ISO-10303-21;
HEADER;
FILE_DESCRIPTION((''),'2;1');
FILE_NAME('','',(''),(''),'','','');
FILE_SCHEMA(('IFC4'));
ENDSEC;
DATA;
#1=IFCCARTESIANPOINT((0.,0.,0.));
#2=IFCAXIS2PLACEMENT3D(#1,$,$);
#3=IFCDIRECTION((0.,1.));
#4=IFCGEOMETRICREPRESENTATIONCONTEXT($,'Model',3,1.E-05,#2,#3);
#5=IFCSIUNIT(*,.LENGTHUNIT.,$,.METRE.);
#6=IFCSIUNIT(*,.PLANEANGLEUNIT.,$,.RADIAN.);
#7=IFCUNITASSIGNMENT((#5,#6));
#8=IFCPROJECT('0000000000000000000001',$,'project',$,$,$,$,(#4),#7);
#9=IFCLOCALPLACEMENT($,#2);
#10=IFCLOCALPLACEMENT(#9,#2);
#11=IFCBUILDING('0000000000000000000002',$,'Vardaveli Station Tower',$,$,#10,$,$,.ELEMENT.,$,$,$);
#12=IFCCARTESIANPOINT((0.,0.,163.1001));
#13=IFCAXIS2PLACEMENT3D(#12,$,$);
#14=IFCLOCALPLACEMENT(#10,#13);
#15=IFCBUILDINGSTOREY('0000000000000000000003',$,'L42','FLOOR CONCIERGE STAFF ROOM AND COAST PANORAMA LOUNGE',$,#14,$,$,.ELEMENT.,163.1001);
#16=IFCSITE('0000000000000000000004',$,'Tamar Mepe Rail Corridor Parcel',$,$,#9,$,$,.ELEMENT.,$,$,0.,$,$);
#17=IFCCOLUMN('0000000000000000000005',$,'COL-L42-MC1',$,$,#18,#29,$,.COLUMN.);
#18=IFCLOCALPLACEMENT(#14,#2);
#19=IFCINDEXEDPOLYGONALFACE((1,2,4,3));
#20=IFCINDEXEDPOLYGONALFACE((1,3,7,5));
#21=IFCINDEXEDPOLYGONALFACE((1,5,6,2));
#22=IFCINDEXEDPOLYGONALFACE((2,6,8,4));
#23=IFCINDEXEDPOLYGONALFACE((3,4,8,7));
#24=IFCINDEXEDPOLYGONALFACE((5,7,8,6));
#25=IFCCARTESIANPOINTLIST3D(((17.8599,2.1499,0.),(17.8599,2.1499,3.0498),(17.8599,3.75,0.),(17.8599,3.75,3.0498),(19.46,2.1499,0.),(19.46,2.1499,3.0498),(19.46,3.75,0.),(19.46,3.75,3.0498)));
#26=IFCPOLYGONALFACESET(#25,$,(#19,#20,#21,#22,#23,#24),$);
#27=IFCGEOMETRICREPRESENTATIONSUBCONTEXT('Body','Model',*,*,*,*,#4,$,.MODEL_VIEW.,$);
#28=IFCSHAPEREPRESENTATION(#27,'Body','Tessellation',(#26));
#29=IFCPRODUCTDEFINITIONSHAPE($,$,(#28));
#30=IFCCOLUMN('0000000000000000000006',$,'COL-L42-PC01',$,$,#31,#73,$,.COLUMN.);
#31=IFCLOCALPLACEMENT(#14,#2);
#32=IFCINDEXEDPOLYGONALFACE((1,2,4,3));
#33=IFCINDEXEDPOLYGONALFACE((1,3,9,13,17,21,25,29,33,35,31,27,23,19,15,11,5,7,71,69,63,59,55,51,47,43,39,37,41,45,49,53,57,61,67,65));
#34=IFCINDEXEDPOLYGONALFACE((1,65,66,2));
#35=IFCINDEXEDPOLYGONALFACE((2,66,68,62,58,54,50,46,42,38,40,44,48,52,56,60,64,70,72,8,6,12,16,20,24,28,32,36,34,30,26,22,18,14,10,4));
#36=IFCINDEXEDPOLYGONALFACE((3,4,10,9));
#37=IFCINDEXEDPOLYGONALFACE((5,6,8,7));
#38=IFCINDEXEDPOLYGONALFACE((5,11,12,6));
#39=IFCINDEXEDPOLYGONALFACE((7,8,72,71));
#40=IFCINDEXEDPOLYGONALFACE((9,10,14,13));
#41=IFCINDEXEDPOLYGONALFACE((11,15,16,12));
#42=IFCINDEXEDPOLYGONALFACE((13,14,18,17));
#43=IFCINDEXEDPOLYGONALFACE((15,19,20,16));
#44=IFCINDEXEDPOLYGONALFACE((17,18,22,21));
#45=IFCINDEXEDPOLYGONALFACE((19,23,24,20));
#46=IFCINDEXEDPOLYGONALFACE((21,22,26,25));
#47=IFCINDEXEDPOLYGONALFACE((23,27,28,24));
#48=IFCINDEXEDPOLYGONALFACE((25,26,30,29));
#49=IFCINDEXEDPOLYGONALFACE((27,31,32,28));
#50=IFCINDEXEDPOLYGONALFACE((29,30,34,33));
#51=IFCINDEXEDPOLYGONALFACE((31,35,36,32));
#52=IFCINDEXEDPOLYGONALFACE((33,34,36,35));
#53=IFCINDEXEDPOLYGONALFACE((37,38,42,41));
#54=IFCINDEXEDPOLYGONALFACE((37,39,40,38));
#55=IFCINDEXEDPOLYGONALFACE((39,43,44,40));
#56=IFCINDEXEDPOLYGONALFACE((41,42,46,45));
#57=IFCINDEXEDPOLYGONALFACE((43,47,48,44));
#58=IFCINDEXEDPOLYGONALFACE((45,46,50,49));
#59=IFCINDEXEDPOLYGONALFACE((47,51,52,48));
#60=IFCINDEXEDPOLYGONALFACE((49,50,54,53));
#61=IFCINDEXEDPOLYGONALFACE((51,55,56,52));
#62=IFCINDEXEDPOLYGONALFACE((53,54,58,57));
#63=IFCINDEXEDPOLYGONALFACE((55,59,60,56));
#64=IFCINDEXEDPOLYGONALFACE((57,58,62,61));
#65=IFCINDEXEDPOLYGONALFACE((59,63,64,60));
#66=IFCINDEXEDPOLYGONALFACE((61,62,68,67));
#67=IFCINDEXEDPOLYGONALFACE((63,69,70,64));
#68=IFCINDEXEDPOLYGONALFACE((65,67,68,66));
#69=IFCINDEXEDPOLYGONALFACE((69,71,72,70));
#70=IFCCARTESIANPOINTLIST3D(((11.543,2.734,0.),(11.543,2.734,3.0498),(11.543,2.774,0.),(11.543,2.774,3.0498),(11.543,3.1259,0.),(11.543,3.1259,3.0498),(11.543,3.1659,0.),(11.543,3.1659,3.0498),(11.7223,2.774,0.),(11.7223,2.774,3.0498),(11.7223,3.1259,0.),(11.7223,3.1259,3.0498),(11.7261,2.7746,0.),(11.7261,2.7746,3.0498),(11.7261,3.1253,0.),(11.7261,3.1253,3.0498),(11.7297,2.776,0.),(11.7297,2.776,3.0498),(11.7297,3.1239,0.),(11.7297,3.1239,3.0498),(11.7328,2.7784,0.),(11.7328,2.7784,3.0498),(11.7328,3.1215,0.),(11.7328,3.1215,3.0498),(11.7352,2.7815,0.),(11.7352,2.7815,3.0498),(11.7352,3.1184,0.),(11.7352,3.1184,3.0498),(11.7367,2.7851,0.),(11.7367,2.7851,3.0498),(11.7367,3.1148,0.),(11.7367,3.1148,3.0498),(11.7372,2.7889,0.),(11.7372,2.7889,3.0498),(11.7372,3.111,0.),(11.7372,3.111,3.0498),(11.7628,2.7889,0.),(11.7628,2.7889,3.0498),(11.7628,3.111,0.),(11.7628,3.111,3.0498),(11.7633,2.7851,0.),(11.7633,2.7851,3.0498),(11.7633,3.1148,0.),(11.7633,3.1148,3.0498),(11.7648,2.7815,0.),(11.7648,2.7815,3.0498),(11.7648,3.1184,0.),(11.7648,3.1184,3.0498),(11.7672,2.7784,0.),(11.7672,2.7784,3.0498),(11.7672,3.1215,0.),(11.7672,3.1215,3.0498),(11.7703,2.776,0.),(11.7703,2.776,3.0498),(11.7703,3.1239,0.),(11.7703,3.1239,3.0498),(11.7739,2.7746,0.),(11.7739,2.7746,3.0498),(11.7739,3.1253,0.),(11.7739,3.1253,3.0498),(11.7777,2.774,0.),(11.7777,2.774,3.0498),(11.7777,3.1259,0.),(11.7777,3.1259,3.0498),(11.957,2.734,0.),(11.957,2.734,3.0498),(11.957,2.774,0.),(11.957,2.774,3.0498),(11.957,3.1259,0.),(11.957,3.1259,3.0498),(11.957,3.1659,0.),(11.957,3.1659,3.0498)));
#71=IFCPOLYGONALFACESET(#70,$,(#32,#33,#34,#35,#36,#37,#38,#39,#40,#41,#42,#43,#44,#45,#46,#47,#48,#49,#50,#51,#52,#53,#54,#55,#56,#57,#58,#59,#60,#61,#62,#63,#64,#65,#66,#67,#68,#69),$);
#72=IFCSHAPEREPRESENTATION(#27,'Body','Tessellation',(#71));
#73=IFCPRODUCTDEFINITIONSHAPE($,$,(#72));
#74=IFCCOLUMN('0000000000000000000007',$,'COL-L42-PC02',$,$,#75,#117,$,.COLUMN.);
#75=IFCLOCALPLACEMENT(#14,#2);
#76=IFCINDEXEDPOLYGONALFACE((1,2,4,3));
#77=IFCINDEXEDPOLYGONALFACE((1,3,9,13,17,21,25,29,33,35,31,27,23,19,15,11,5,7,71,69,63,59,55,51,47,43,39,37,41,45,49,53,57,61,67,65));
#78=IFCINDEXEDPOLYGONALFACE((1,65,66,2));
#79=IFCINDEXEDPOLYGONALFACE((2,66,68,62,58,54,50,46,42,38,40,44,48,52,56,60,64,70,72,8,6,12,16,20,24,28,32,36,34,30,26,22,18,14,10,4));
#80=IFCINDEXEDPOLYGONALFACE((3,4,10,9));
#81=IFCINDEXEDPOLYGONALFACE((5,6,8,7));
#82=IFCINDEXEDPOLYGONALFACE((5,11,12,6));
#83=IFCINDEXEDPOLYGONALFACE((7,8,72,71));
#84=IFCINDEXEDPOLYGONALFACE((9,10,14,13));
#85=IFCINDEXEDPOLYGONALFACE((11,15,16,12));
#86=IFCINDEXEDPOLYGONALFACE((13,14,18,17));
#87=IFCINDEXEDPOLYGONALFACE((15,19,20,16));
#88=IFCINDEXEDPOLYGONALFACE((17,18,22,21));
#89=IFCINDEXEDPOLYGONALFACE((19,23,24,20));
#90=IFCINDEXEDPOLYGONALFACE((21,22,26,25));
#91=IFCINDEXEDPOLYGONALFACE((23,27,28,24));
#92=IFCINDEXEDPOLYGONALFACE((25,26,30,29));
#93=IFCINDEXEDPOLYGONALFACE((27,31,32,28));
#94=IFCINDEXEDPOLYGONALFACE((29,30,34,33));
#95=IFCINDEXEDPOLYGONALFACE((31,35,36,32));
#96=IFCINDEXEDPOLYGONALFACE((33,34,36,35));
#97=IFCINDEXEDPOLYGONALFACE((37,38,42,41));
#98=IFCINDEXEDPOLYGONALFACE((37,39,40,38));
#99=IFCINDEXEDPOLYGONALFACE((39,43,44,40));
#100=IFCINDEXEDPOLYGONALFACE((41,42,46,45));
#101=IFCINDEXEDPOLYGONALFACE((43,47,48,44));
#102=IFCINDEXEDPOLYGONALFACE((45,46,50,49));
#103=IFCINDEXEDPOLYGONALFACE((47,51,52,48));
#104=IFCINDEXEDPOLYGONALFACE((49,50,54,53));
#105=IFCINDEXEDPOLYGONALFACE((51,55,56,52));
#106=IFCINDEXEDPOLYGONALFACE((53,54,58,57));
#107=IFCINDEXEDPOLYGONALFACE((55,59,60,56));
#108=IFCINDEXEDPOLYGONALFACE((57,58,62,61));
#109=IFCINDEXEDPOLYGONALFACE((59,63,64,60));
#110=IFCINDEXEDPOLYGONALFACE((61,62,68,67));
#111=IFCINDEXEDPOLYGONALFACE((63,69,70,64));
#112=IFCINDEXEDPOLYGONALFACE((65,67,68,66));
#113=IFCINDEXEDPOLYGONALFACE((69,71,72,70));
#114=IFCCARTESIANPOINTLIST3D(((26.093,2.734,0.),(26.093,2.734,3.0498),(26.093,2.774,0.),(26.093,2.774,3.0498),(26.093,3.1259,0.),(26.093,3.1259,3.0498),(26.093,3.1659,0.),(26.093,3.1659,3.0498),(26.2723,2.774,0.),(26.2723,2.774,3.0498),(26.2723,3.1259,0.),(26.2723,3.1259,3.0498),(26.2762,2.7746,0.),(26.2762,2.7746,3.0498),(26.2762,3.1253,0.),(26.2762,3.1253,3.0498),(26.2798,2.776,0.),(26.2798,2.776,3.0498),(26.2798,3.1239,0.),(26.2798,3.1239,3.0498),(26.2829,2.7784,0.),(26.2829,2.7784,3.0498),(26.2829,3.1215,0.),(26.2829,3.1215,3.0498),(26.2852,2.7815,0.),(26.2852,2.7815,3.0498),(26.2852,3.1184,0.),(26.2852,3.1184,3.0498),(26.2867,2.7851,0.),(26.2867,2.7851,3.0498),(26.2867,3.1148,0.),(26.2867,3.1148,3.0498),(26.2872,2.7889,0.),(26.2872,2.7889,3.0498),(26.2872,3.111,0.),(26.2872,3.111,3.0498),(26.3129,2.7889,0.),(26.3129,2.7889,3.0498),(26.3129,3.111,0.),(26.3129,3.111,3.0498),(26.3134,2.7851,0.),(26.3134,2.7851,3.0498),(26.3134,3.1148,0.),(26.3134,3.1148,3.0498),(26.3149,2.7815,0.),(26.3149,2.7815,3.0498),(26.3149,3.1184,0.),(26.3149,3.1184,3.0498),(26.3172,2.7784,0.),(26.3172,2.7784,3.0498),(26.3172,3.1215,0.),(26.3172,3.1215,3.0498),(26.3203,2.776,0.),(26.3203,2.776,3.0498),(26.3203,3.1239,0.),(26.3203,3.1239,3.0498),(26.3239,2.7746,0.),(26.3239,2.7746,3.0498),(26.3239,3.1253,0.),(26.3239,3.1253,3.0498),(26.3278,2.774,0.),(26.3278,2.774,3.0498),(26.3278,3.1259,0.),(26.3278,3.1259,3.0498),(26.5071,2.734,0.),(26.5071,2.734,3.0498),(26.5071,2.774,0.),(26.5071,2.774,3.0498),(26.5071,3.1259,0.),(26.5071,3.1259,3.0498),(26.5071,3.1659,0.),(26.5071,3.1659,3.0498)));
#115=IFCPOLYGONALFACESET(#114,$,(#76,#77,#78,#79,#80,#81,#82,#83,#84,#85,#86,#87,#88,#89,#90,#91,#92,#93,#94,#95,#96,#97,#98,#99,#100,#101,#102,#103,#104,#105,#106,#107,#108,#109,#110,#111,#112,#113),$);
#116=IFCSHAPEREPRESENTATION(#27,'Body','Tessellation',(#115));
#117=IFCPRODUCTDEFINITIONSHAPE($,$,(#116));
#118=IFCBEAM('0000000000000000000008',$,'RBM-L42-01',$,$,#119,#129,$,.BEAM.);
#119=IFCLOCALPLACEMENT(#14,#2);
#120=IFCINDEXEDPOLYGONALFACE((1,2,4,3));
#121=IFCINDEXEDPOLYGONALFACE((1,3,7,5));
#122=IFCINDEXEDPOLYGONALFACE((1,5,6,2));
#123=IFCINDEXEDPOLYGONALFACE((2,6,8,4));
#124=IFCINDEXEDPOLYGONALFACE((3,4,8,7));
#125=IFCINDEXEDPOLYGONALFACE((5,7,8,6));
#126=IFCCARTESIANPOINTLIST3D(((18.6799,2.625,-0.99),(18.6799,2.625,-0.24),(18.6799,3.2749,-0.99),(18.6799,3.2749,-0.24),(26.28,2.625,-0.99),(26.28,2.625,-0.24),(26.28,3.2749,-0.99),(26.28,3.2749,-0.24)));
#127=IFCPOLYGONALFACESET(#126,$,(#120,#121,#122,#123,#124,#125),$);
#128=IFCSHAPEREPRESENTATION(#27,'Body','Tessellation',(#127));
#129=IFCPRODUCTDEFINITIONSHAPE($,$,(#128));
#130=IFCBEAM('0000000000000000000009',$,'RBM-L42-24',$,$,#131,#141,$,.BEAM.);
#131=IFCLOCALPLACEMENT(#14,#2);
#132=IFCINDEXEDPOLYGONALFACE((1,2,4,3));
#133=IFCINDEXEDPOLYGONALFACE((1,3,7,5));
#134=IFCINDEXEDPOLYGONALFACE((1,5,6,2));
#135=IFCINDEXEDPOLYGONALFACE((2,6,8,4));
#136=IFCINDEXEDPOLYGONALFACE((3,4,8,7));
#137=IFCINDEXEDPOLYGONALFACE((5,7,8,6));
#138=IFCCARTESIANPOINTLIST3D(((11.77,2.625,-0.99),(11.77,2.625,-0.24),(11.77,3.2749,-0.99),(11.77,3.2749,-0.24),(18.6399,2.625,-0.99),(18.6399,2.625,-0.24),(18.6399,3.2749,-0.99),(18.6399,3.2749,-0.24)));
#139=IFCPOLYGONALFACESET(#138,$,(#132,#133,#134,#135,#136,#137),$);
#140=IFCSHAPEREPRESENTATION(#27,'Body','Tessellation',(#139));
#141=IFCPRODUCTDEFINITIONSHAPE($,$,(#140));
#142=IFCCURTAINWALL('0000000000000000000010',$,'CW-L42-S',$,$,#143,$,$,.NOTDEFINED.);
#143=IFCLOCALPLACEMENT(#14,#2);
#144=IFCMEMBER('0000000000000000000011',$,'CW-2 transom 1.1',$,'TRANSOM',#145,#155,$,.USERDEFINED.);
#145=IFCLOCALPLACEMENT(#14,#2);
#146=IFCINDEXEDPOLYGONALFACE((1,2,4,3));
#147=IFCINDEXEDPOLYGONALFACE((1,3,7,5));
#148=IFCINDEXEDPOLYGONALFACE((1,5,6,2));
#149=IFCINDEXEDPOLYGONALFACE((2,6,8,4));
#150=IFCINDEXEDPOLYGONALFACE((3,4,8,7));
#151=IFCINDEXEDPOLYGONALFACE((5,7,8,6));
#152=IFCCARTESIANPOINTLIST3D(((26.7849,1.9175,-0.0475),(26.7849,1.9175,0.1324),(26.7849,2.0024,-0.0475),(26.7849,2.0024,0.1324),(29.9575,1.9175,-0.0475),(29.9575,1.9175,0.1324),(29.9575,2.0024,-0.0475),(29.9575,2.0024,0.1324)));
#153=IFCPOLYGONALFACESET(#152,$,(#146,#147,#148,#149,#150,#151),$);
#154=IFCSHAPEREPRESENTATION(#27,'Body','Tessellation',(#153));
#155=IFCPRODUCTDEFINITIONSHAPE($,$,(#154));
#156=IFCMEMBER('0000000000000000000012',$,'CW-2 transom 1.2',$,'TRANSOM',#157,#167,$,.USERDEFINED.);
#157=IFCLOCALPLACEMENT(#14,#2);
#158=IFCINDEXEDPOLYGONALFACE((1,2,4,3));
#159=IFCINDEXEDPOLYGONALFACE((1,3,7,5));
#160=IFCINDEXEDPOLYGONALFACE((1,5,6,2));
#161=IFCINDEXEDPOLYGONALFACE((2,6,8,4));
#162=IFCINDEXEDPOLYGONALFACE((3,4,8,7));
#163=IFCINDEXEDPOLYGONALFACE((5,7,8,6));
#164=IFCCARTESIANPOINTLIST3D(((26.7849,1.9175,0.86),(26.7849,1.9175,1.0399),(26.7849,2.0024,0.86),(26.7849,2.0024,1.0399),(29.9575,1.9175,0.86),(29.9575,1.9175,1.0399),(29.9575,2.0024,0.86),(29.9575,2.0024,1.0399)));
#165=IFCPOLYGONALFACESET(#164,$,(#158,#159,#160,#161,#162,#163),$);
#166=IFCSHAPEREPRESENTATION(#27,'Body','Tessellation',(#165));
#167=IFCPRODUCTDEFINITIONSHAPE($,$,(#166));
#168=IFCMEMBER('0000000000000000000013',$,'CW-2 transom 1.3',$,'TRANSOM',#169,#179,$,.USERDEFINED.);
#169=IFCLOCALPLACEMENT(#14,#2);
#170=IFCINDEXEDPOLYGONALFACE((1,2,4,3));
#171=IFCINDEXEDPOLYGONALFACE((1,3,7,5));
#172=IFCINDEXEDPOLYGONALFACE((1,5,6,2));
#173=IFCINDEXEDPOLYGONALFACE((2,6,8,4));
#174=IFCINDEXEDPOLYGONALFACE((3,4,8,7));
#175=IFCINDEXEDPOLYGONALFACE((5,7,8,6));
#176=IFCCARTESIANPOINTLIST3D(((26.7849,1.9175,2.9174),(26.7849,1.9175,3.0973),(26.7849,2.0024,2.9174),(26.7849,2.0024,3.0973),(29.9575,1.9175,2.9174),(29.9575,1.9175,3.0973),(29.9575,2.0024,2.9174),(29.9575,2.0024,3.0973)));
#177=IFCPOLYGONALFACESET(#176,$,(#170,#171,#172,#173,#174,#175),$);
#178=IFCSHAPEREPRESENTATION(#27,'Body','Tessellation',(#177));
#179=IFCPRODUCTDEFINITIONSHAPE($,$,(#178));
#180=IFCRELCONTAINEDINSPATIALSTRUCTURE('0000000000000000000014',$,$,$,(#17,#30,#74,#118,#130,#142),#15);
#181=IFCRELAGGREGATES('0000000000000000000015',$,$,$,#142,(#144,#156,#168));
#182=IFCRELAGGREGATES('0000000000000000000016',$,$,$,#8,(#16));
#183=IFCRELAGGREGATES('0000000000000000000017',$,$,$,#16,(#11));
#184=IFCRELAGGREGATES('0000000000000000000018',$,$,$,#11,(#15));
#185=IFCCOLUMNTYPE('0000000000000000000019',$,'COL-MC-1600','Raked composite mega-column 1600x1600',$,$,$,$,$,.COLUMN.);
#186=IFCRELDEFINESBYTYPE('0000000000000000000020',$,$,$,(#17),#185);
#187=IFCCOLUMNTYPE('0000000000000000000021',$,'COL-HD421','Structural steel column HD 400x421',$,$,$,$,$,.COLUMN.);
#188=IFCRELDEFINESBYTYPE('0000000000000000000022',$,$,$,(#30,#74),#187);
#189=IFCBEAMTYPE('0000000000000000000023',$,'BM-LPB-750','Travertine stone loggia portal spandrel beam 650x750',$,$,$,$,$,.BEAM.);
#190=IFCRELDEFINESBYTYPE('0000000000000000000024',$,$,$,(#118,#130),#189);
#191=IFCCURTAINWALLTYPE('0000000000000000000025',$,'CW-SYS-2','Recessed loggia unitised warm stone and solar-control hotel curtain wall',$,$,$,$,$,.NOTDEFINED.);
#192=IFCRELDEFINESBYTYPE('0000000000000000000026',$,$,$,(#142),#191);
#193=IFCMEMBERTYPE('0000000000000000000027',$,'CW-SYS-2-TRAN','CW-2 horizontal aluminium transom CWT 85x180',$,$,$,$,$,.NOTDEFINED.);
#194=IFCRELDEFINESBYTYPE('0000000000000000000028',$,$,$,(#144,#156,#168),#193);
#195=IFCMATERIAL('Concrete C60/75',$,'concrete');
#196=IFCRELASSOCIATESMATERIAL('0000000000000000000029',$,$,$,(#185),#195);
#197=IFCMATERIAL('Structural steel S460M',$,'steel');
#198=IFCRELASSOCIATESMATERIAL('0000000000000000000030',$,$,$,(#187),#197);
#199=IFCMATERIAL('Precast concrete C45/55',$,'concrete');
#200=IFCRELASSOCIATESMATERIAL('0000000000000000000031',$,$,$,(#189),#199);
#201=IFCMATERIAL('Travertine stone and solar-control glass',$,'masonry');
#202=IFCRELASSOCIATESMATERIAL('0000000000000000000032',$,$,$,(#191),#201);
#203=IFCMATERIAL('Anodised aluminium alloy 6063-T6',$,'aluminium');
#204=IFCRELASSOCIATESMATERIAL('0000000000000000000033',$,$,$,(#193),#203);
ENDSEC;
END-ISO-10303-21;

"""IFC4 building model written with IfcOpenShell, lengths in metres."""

from ifc_helpers import new_model, si_unit, direction, frame, origin, origin_2d, place, context, subcontext, project, spatial, rectangle, i_section, extrude, source, transform, mapped, material, material_profile, profile_set, type_object, element, aggregate, save


model = new_model("IFC4")

# Units and contexts
model_context = context("Model", 3, precision=1e-05, world=origin(), true_north=direction((0.0, 1.0)))
body_context = subcontext(model_context, "Body", "Model", "MODEL_VIEW")
ifc_project = project(units=[si_unit("LENGTHUNIT", "METRE"), si_unit("PLANEANGLEUNIT", "RADIAN")], contexts=[model_context])

# Site, building, storey
site_placement = place(None, origin())
site = spatial("IfcSite", under=ifc_project, at=site_placement, Name="Tamar Mepe Rail Corridor Parcel", CompositionType="ELEMENT", RefElevation=0.0)
building_placement = place(site_placement, origin())
building = spatial("IfcBuilding", under=site, at=building_placement, Name="Vardaveli Station Tower", CompositionType="ELEMENT")
storey_placement = place(building_placement, frame((0.0, 0.0, 163.1001)))
storey = spatial("IfcBuildingStorey", under=building, at=storey_placement, Name="L42", Description="FLOOR CONCIERGE STAFF ROOM AND COAST PANORAMA LOUNGE", CompositionType="ELEMENT", Elevation=163.1001)

# Columns
ifc_material_1 = material(Name="Concrete C60/75", Category="concrete")
ifc_material_profile_1 = material_profile(ifc_material_1, rectangle(XDim=1.6001, YDim=1.6001, at=origin_2d()), Name="MC 1600x1600")
ifc_profile_set_1 = profile_set([ifc_material_profile_1], Name="Concrete C60/75")
column_type_1 = type_object("IfcColumnType", Name="COL-MC-1600", Description="Raked composite mega-column 1600x1600", PredefinedType="COLUMN", material=ifc_profile_set_1)
shared_shape_1 = source(origin(), body_context, "Body", "SweptSolid", [
    extrude(rectangle(XDim=1.6001, YDim=1.6001, at=origin_2d()), origin(), (0.0, 0.0, 1.0), 3.0498),
])
column_placement = place(storey_placement, frame((18.6599, 2.95, 0.0), z_axis=(0.0, 0.0, 1.0), x_axis=(1.0, 0.0, 0.0)))
element("IfcColumn", 1, at=column_placement, inside=storey, type_object=column_type_1, Name="COL-L42-MC1", PredefinedType="COLUMN", context=body_context, shape_type="MappedRepresentation", body=[
    mapped(shared_shape_1, transform((0.0, 0.0, 0.0), scale=1.0)),
])
ifc_material_2 = material(Name="Structural steel S460M", Category="steel")
ifc_material_profile_2 = material_profile(ifc_material_2, i_section(OverallWidth=0.4141, OverallDepth=0.4319, WebThickness=0.0256, FlangeThickness=0.04, FilletRadius=0.0149, at=origin_2d()), Name="HD 400x421")
ifc_profile_set_2 = profile_set([ifc_material_profile_2], Name="Structural steel S460M")
column_type_2 = type_object("IfcColumnType", Name="COL-HD421", Description="Structural steel column HD 400x421", PredefinedType="COLUMN", material=ifc_profile_set_2)
shared_shape_2 = source(origin(), body_context, "Body", "SweptSolid", [
    extrude(i_section(OverallWidth=0.4141, OverallDepth=0.4319, WebThickness=0.0256, FlangeThickness=0.04, FilletRadius=0.0149, at=origin_2d()), origin(), (0.0, 0.0, 1.0), 3.0498),
])
for number, where, z_axis, x_axis, name in (
    (2, (11.75, 2.95, 0.0), (0.0, 0.0, 1.0), (1.0, 0.0, 0.0), "COL-L42-PC01"),
    (3, (26.3, 2.95, 0.0), (0.0, 0.0, 1.0), (1.0, 0.0, 0.0), "COL-L42-PC02"),
):
    element("IfcColumn", number, at=place(storey_placement, frame(where, z_axis=z_axis, x_axis=x_axis)), inside=storey, type_object=column_type_2, Name=name, PredefinedType="COLUMN", context=body_context, shape_type="MappedRepresentation", body=[
        mapped(shared_shape_2, transform((0.0, 0.0, 0.0), scale=1.0)),
    ])

# Beams
ifc_material_3 = material(Name="Precast concrete C45/55", Category="concrete")
ifc_material_profile_3 = material_profile(ifc_material_3, rectangle(XDim=0.6499, YDim=0.75, at=origin_2d()), Name="LPB 650x750")
ifc_profile_set_3 = profile_set([ifc_material_profile_3], Name="Precast concrete C45/55")
beam_type = type_object("IfcBeamType", Name="BM-LPB-750", Description="Travertine stone loggia portal spandrel beam 650x750", PredefinedType="BEAM", material=ifc_profile_set_3)
shared_shape_3 = source(origin(), body_context, "Body", "SweptSolid", [
    extrude(rectangle(XDim=0.6499, YDim=0.75, at=origin_2d()), origin(), (0.0, 0.0, 1.0), 7.6001),
])
beam_1_placement = place(storey_placement, frame((18.6799, 2.95, -0.615), z_axis=(1.0, 0.0, 0.0), x_axis=(0.0, 1.0, 0.0)))
element("IfcBeam", 4, at=beam_1_placement, inside=storey, type_object=beam_type, Name="RBM-L42-01", PredefinedType="BEAM", context=body_context, shape_type="MappedRepresentation", body=[
    mapped(shared_shape_3, transform((0.0, 0.0, 0.0), scale=1.0)),
])
shared_shape_4 = source(origin(), body_context, "Body", "SweptSolid", [
    extrude(rectangle(XDim=0.6499, YDim=0.75, at=origin_2d()), origin(), (0.0, 0.0, 1.0), 6.8699),
])
beam_2_placement = place(storey_placement, frame((11.77, 2.95, -0.615), z_axis=(1.0, 0.0, 0.0), x_axis=(0.0, 1.0, 0.0)))
element("IfcBeam", 5, at=beam_2_placement, inside=storey, type_object=beam_type, Name="RBM-L42-24", PredefinedType="BEAM", context=body_context, shape_type="MappedRepresentation", body=[
    mapped(shared_shape_4, transform((0.0, 0.0, 0.0), scale=1.0)),
])

# Curtain wall, members
ifc_material_4 = material(Name="Travertine stone and solar-control glass", Category="masonry")
curtain_wall_type = type_object("IfcCurtainWallType", Name="CW-SYS-2", Description="Recessed loggia unitised warm stone and solar-control hotel curtain wall", PredefinedType="NOTDEFINED", material=ifc_material_4)
curtain_wall_placement = place(storey_placement, origin())
curtain_wall = element("IfcCurtainWall", 6, at=curtain_wall_placement, inside=storey, type_object=curtain_wall_type, Name="CW-L42-S", PredefinedType="NOTDEFINED")
ifc_material_5 = material(Name="Anodised aluminium alloy 6063-T6", Category="aluminium")
ifc_material_profile_4 = material_profile(ifc_material_5, rectangle(XDim=0.085, YDim=0.1799, at=origin_2d()), Name="CWT 85x180")
ifc_profile_set_4 = profile_set([ifc_material_profile_4], Name="Anodised aluminium alloy 6063-T6")
member_type_1 = type_object("IfcMemberType", Name="CW-SYS-2-TRAN", Description="CW-2 horizontal aluminium transom CWT 85x180", PredefinedType="NOTDEFINED", material=ifc_profile_set_4)
shared_shape_5 = source(origin(), body_context, "Body", "SweptSolid", [
    extrude(rectangle(XDim=0.085, YDim=0.1799, at=origin_2d()), origin(), (0.0, 0.0, 1.0), 3.1726),
])
member_1_placement = place(storey_placement, frame((26.7849, 1.96, 0.0425), z_axis=(1.0, 0.0, 0.0), x_axis=(0.0, 1.0, 0.0)))
member_1 = element("IfcMember", 7, at=member_1_placement, type_object=member_type_1, Name="CW-2 transom 1.1", ObjectType="TRANSOM", PredefinedType="USERDEFINED", context=body_context, shape_type="MappedRepresentation", body=[
    mapped(shared_shape_5, transform((0.0, 0.0, 0.0), scale=1.0)),
])
member_2_placement = place(storey_placement, frame((26.7849, 1.96, 0.95), z_axis=(1.0, 0.0, 0.0), x_axis=(0.0, 1.0, 0.0)))
member_2 = element("IfcMember", 8, at=member_2_placement, type_object=member_type_1, Name="CW-2 transom 1.2", ObjectType="TRANSOM", PredefinedType="USERDEFINED", context=body_context, shape_type="MappedRepresentation", body=[
    mapped(shared_shape_5, transform((0.0, 0.0, 0.0), scale=1.0)),
])
member_3_placement = place(storey_placement, frame((26.7849, 1.96, 3.0073), z_axis=(1.0, 0.0, 0.0), x_axis=(0.0, 1.0, 0.0)))
member_3 = element("IfcMember", 9, at=member_3_placement, type_object=member_type_1, Name="CW-2 transom 1.3", ObjectType="TRANSOM", PredefinedType="USERDEFINED", context=body_context, shape_type="MappedRepresentation", body=[
    mapped(shared_shape_5, transform((0.0, 0.0, 0.0), scale=1.0)),
])

aggregate(curtain_wall, [member_1, member_2, member_3])

save(model, "model.ifc")
